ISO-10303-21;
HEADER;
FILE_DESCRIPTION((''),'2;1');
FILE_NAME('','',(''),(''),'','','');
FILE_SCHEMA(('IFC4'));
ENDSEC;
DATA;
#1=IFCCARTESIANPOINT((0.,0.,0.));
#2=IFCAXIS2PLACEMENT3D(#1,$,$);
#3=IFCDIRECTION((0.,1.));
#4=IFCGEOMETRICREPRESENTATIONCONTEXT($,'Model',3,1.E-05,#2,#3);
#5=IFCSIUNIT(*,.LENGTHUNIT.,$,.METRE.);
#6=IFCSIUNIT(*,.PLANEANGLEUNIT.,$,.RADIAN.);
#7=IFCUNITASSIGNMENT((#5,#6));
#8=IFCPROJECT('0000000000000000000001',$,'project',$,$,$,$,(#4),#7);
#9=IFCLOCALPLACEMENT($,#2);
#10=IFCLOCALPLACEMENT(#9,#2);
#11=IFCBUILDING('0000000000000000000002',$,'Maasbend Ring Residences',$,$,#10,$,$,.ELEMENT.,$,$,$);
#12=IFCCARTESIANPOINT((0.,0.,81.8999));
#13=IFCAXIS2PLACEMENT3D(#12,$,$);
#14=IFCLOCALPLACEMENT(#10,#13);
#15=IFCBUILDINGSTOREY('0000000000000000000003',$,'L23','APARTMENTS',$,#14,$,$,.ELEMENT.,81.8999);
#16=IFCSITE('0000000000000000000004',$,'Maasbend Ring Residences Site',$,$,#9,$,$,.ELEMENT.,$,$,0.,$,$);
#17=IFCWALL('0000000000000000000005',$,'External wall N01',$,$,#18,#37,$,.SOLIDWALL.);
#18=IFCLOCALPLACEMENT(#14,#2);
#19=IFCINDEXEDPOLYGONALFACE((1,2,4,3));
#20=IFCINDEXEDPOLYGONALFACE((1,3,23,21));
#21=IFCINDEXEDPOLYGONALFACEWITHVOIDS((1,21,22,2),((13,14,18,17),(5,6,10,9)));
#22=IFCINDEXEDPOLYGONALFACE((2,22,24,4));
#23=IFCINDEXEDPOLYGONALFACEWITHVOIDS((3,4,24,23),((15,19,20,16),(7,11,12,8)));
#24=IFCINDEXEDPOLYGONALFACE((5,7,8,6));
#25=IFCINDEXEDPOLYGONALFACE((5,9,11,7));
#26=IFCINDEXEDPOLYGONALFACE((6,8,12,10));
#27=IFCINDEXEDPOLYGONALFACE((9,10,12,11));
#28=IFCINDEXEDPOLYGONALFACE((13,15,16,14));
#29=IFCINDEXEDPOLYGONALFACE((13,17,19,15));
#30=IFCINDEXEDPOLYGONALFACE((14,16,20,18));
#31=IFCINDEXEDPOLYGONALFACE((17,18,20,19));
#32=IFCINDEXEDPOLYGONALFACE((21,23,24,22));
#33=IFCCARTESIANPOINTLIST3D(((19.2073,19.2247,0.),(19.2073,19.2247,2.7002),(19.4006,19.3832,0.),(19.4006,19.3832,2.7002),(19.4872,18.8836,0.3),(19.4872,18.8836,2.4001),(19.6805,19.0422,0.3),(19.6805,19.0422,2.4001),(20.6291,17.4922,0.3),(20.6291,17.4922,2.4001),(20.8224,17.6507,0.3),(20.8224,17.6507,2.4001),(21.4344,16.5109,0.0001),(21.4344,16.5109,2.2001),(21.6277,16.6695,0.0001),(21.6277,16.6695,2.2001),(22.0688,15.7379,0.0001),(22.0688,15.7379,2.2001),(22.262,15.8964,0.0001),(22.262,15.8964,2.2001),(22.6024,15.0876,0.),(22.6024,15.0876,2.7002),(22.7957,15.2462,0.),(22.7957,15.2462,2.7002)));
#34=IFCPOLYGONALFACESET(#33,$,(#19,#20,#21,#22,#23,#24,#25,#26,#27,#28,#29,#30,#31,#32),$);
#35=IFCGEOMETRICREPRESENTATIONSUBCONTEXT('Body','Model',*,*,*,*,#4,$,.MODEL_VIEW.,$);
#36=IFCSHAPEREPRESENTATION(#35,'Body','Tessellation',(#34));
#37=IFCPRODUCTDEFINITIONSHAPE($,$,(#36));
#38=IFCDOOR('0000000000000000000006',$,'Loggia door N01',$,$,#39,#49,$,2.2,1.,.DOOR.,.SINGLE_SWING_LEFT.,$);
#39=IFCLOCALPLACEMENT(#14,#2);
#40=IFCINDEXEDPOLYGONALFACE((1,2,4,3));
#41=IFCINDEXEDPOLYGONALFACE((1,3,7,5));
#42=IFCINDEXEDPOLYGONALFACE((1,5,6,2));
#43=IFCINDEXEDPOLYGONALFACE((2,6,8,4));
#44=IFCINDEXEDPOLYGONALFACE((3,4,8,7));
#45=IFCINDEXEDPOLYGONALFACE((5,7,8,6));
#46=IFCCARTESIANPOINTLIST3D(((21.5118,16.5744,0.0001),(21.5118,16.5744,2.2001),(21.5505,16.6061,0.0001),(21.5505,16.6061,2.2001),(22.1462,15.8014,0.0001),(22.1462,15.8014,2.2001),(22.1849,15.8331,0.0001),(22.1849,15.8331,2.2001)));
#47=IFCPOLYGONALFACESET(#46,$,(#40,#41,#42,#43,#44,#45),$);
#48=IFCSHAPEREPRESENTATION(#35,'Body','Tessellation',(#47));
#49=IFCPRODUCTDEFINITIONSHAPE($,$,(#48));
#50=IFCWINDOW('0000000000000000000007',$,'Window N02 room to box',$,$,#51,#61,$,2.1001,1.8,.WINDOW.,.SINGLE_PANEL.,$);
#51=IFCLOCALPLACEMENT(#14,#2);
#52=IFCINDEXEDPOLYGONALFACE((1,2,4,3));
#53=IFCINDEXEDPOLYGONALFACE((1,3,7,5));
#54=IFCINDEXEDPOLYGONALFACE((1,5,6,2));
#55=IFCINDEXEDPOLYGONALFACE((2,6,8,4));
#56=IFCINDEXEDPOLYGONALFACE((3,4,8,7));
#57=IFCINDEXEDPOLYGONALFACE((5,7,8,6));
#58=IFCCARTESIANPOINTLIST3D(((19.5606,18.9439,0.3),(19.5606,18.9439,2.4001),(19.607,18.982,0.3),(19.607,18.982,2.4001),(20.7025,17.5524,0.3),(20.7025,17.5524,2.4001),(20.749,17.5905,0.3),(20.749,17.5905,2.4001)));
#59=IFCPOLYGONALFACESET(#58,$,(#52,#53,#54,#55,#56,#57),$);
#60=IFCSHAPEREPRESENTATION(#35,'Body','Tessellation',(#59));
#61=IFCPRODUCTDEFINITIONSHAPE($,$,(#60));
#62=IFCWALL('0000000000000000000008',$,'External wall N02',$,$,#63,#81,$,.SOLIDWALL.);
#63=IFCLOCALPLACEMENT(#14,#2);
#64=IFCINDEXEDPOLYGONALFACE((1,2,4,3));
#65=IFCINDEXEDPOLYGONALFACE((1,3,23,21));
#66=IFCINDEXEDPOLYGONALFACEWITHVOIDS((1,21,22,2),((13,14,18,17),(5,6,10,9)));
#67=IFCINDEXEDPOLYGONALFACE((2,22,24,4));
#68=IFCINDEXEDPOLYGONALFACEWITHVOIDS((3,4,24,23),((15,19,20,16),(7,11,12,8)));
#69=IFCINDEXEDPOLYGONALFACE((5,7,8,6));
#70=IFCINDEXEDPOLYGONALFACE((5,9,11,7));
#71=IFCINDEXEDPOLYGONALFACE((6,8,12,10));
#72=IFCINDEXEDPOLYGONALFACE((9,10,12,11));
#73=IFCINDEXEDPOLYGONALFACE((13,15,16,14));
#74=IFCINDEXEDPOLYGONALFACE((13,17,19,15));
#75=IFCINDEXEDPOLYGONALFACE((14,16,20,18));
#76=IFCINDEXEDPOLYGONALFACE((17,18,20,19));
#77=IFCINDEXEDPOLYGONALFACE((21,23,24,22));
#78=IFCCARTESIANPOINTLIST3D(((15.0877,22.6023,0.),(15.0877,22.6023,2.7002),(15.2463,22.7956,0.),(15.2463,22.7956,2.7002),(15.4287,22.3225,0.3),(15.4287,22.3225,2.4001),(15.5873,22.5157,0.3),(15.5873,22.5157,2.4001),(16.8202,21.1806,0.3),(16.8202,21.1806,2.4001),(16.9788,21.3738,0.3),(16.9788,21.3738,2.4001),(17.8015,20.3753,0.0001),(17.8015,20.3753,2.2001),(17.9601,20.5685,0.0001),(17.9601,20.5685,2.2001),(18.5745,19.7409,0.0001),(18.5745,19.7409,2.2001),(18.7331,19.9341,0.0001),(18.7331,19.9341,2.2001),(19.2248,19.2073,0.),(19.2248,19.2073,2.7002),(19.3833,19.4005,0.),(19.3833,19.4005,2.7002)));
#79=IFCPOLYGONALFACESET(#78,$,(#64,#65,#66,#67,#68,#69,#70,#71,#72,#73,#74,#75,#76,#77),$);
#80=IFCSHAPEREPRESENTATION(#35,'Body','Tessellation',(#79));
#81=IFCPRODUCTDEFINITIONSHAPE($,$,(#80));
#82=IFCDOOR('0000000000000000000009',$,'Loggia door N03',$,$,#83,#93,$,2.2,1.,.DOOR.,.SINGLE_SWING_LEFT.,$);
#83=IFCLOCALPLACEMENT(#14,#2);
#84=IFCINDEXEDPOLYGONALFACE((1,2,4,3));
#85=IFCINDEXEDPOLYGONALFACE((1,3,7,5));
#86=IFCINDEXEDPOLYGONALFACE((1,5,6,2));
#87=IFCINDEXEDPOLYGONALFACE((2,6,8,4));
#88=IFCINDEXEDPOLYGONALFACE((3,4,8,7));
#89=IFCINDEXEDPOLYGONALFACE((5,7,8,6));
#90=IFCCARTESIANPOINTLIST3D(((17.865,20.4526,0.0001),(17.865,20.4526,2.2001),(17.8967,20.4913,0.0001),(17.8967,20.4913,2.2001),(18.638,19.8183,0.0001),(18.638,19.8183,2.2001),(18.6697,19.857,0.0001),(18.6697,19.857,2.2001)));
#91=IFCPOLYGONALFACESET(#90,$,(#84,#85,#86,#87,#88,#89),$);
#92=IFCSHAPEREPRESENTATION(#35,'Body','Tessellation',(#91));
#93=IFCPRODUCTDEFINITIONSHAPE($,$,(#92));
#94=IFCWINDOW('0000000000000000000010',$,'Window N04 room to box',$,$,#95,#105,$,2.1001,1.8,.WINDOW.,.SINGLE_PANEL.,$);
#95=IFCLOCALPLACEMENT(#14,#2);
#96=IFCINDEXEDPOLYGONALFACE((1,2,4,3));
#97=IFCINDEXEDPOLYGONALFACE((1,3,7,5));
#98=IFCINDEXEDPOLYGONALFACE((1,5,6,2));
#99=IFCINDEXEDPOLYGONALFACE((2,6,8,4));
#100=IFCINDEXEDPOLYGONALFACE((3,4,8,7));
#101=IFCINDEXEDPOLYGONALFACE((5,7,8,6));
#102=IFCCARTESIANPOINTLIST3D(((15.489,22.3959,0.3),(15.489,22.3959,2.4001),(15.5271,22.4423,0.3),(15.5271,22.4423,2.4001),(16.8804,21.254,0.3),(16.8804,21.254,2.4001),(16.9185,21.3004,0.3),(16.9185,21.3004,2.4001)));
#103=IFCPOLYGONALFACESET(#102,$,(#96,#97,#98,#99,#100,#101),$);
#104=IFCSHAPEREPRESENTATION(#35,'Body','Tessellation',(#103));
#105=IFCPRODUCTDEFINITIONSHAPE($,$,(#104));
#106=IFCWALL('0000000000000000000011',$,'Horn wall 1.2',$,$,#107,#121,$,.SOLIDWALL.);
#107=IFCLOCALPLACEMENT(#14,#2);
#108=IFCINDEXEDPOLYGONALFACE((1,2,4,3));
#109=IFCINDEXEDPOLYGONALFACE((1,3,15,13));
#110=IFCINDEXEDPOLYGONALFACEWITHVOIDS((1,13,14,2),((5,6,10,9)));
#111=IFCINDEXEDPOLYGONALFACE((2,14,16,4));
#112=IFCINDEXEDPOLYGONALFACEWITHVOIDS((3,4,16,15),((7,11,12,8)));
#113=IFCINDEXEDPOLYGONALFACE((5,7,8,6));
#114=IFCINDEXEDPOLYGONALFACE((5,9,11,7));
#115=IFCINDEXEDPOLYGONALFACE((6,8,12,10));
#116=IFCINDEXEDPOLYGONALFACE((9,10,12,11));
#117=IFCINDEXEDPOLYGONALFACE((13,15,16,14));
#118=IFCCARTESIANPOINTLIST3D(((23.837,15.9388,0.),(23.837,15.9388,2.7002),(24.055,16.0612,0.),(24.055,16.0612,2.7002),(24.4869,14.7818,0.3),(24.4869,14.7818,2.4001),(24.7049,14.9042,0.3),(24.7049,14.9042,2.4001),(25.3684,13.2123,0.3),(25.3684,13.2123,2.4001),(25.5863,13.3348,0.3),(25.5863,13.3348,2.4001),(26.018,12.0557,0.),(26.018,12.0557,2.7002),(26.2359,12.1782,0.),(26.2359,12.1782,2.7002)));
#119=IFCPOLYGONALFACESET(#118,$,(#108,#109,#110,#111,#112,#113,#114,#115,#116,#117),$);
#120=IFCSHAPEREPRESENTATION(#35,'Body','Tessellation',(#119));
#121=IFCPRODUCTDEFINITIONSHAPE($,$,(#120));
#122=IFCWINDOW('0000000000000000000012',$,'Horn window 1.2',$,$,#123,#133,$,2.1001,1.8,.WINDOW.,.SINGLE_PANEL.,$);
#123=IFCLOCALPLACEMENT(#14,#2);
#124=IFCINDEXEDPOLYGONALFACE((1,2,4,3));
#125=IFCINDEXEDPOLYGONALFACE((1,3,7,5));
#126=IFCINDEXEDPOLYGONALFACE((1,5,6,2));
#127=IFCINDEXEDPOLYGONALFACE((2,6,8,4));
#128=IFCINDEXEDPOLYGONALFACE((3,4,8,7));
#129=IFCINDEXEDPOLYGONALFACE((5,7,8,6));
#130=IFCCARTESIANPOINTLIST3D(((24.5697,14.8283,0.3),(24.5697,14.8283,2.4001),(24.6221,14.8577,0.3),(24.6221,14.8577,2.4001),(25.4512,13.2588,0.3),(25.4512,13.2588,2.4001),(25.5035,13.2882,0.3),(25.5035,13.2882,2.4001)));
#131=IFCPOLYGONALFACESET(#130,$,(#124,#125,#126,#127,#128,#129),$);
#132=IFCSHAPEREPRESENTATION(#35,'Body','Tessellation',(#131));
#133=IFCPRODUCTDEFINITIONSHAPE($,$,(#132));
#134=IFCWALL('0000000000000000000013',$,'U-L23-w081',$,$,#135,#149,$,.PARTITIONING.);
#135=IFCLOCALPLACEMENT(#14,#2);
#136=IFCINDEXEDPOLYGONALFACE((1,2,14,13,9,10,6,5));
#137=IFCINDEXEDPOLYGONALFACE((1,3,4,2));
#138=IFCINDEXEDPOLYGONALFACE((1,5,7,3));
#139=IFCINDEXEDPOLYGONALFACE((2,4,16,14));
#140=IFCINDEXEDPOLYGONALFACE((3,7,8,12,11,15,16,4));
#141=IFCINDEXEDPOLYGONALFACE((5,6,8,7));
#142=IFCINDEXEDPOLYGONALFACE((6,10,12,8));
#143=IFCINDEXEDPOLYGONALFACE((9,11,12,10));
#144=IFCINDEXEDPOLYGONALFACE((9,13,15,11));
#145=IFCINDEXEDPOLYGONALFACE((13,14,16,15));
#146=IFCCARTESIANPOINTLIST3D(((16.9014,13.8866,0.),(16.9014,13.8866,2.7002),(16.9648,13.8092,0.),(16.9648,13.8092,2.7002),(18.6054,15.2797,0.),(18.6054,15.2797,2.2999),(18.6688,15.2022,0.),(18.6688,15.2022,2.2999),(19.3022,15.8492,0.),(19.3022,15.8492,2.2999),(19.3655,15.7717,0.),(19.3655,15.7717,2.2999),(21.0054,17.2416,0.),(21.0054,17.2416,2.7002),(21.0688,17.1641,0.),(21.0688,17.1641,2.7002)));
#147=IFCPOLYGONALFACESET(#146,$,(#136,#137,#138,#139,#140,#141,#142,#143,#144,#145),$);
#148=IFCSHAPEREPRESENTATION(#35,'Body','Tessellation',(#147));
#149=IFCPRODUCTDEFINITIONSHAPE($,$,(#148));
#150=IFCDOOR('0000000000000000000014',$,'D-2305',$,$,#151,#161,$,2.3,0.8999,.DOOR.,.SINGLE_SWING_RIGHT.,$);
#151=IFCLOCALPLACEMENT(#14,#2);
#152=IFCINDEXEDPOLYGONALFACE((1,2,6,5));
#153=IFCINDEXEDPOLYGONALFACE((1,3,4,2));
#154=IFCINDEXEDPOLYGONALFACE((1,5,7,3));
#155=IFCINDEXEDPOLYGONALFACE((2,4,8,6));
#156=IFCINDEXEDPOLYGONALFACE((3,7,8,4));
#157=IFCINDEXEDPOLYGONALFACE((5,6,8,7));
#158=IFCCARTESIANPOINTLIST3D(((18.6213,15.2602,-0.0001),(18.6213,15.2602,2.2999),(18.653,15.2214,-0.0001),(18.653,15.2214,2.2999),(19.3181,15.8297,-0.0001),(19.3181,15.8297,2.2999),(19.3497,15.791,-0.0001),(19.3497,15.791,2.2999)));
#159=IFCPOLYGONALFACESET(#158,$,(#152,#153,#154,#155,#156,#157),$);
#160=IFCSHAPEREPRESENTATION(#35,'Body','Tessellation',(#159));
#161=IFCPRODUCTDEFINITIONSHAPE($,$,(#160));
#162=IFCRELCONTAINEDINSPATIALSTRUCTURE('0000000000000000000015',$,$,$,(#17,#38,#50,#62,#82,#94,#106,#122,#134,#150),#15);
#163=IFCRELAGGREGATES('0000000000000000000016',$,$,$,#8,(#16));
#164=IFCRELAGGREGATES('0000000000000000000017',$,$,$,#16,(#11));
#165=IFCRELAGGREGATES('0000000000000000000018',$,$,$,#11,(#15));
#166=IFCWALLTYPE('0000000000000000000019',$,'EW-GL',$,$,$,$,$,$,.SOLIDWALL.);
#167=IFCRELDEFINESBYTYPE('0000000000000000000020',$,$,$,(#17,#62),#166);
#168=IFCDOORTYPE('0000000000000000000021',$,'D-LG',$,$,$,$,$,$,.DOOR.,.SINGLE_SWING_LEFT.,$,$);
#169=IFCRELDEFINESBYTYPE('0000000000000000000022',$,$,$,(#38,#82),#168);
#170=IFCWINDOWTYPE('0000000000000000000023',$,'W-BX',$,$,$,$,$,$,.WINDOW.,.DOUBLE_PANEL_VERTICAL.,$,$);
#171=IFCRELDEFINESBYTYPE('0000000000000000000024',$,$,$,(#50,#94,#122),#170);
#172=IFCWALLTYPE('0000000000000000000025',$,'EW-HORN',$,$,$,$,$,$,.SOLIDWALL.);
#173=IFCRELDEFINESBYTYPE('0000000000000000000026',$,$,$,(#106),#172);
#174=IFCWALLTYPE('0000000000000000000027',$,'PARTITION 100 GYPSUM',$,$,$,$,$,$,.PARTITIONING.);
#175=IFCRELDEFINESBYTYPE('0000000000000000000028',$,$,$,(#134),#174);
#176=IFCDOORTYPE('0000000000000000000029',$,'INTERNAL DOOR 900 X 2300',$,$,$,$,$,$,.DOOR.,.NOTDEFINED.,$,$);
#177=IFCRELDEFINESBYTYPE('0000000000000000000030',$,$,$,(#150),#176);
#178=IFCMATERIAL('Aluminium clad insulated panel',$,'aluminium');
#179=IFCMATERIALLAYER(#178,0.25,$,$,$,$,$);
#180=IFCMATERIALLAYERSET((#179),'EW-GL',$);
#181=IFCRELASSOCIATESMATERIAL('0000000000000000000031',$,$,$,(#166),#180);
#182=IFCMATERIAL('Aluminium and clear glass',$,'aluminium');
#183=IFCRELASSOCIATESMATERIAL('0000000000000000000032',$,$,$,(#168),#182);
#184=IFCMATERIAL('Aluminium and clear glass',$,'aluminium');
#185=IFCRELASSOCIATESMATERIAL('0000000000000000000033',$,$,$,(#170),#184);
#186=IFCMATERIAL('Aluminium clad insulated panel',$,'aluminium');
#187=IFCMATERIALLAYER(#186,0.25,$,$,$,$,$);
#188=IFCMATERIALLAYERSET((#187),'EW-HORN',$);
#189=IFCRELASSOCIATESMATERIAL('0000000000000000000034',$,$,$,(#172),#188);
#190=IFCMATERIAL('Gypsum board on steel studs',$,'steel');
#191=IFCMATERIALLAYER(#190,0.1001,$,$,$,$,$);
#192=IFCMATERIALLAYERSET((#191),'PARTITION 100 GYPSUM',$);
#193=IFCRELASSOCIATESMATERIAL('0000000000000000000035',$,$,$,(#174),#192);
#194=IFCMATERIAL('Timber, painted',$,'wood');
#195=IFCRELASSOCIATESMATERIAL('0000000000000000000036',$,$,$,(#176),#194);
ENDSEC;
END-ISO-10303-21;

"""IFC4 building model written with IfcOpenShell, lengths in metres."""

from ifc_helpers import new_model, si_unit, direction, frame, frame_2d, origin, place, context, subcontext, project, spatial, rectangle, extrude, material, layer, layer_set, type_object, element, fill, save


model = new_model("IFC4")

# Units and contexts
model_context = context("Model", 3, precision=1e-05, world=origin(), true_north=direction((0.0, 1.0)))
body_context = subcontext(model_context, "Body", "Model", "MODEL_VIEW")
ifc_project = project(units=[si_unit("LENGTHUNIT", "METRE"), si_unit("PLANEANGLEUNIT", "RADIAN")], contexts=[model_context])

# Site, building, storey
site_placement = place(None, origin())
site = spatial("IfcSite", under=ifc_project, at=site_placement, Name="Maasbend Ring Residences Site", CompositionType="ELEMENT", RefElevation=0.0)
building_placement = place(site_placement, origin())
building = spatial("IfcBuilding", under=site, at=building_placement, Name="Maasbend Ring Residences", CompositionType="ELEMENT")
storey_placement = place(building_placement, frame((0.0, 0.0, 81.8999)))
storey = spatial("IfcBuildingStorey", under=building, at=storey_placement, Name="L23", Description="APARTMENTS", CompositionType="ELEMENT", Elevation=81.8999)

# Walls, openings, doors, windows
ifc_material_1 = material(Name="Aluminium clad insulated panel", Category="aluminium")
ifc_layer_1 = layer(ifc_material_1, 0.25)
ifc_layer_set_1 = layer_set([ifc_layer_1], Name="EW-GL")
wall_type_1 = type_object("IfcWallType", Name="EW-GL", PredefinedType="SOLIDWALL", material=ifc_layer_set_1)
wall_1_placement = place(storey_placement, frame((22.699, 15.167, 0.0), z_axis=(0.0, 0.0, 1.0), x_axis=(-0.634382, 0.773019, 0.0)))
wall_1 = element("IfcWall", 1, at=wall_1_placement, inside=storey, type_object=wall_type_1, Name="External wall N01", PredefinedType="SOLIDWALL", context=body_context, shape_type="SweptSolid", body=[
    extrude(rectangle(XDim=5.3518, YDim=0.25, at=frame_2d((2.6758, 0.0))), origin(), (0.0, 0.0, 1.0), 2.7002),
])
opening_1_placement = place(wall_1_placement, frame((0.8411, 0.0, 0.0)))
opening_1 = element("IfcOpeningElement", 2, at=opening_1_placement, cuts=wall_1, PredefinedType="OPENING", context=body_context, shape_type="SweptSolid", body=[
    extrude(rectangle(XDim=1.0, YDim=2.2, at=frame_2d((0.5, 1.1001))), frame((0.0, 0.135, 0.0), z_axis=(0.0, -1.0, 0.0), x_axis=(1.0, 0.0, 0.0)), (0.0, 0.0, 1.0), 0.27),
])
opening_2_placement = place(wall_1_placement, frame((3.1106, 0.0, 0.3)))
opening_2 = element("IfcOpeningElement", 3, at=opening_2_placement, cuts=wall_1, PredefinedType="OPENING", context=body_context, shape_type="SweptSolid", body=[
    extrude(rectangle(XDim=1.8, YDim=2.1001, at=frame_2d((0.8999, 1.05))), frame((0.0, 0.135, 0.0), z_axis=(0.0, -1.0, 0.0), x_axis=(1.0, 0.0, 0.0)), (0.0, 0.0, 1.0), 0.27),
])
ifc_material_2 = material(Name="Aluminium and clear glass", Category="aluminium")
door_type_1 = type_object("IfcDoorType", Name="D-LG", OperationType="SINGLE_SWING_LEFT", PredefinedType="DOOR", material=ifc_material_2)
door_1_placement = place(opening_1_placement, origin())
door_1 = element("IfcDoor", 4, at=door_1_placement, inside=storey, type_object=door_type_1, Name="Loggia door N01", OperationType="SINGLE_SWING_LEFT", OverallHeight=2.2, OverallWidth=1.0, PredefinedType="DOOR", context=body_context, shape_type="SweptSolid", body=[
    extrude(rectangle(XDim=1.0, YDim=2.2, at=frame_2d((0.5, 1.1001))), frame((0.0, 0.0249, 0.0), z_axis=(0.0, -1.0, 0.0), x_axis=(1.0, 0.0, 0.0)), (0.0, 0.0, 1.0), 0.05),
])
fill(opening_1, door_1)
ifc_material_3 = material(Name="Aluminium and clear glass", Category="aluminium")
window_type_1 = type_object("IfcWindowType", Name="W-BX", PartitioningType="DOUBLE_PANEL_VERTICAL", PredefinedType="WINDOW", material=ifc_material_3)
window_1_placement = place(opening_2_placement, origin())
window_1 = element("IfcWindow", 5, at=window_1_placement, inside=storey, type_object=window_type_1, Name="Window N02 room to box", OverallHeight=2.1001, OverallWidth=1.8, PartitioningType="SINGLE_PANEL", PredefinedType="WINDOW", context=body_context, shape_type="SweptSolid", body=[
    extrude(rectangle(XDim=1.8, YDim=2.1001, at=frame_2d((0.8999, 1.05))), frame((0.0, 0.03, 0.0), z_axis=(0.0, -1.0, 0.0), x_axis=(1.0, 0.0, 0.0)), (0.0, 0.0, 1.0), 0.0601),
])
fill(opening_2, window_1)
wall_2_placement = place(storey_placement, frame((19.304, 19.304, 0.0), z_axis=(0.0, 0.0, 1.0), x_axis=(-0.773019, 0.634382, 0.0)))
wall_2 = element("IfcWall", 6, at=wall_2_placement, inside=storey, type_object=wall_type_1, Name="External wall N02", PredefinedType="SOLIDWALL", context=body_context, shape_type="SweptSolid", body=[
    extrude(rectangle(XDim=5.3518, YDim=0.25, at=frame_2d((2.6758, 0.0))), origin(), (0.0, 0.0, 1.0), 2.7002),
])
opening_3_placement = place(wall_2_placement, frame((0.8411, 0.0, 0.0)))
opening_3 = element("IfcOpeningElement", 7, at=opening_3_placement, cuts=wall_2, PredefinedType="OPENING", context=body_context, shape_type="SweptSolid", body=[
    extrude(rectangle(XDim=1.0, YDim=2.2, at=frame_2d((0.5, 1.1001))), frame((0.0, 0.135, 0.0), z_axis=(0.0, -1.0, 0.0), x_axis=(1.0, 0.0, 0.0)), (0.0, 0.0, 1.0), 0.27),
])
opening_4_placement = place(wall_2_placement, frame((3.1106, 0.0, 0.3)))
opening_4 = element("IfcOpeningElement", 8, at=opening_4_placement, cuts=wall_2, PredefinedType="OPENING", context=body_context, shape_type="SweptSolid", body=[
    extrude(rectangle(XDim=1.8, YDim=2.1001, at=frame_2d((0.8999, 1.05))), frame((0.0, 0.135, 0.0), z_axis=(0.0, -1.0, 0.0), x_axis=(1.0, 0.0, 0.0)), (0.0, 0.0, 1.0), 0.27),
])
door_2_placement = place(opening_3_placement, origin())
door_2 = element("IfcDoor", 9, at=door_2_placement, inside=storey, type_object=door_type_1, Name="Loggia door N03", OperationType="SINGLE_SWING_LEFT", OverallHeight=2.2, OverallWidth=1.0, PredefinedType="DOOR", context=body_context, shape_type="SweptSolid", body=[
    extrude(rectangle(XDim=1.0, YDim=2.2, at=frame_2d((0.5, 1.1001))), frame((0.0, 0.0249, 0.0), z_axis=(0.0, -1.0, 0.0), x_axis=(1.0, 0.0, 0.0)), (0.0, 0.0, 1.0), 0.05),
])
fill(opening_3, door_2)
window_2_placement = place(opening_4_placement, origin())
window_2 = element("IfcWindow", 10, at=window_2_placement, inside=storey, type_object=window_type_1, Name="Window N04 room to box", OverallHeight=2.1001, OverallWidth=1.8, PartitioningType="SINGLE_PANEL", PredefinedType="WINDOW", context=body_context, shape_type="SweptSolid", body=[
    extrude(rectangle(XDim=1.8, YDim=2.1001, at=frame_2d((0.8999, 1.05))), frame((0.0, 0.03, 0.0), z_axis=(0.0, -1.0, 0.0), x_axis=(1.0, 0.0, 0.0)), (0.0, 0.0, 1.0), 0.0601),
])
fill(opening_4, window_2)

# Wall, opening, window
ifc_material_4 = material(Name="Aluminium clad insulated panel", Category="aluminium")
ifc_layer_2 = layer(ifc_material_4, 0.25)
ifc_layer_set_2 = layer_set([ifc_layer_2], Name="EW-HORN")
wall_type_2 = type_object("IfcWallType", Name="EW-HORN", PredefinedType="SOLIDWALL", material=ifc_layer_set_2)
wall_3_placement = place(storey_placement, frame((26.127, 12.1169, 0.0), z_axis=(0.0, 0.0, 1.0), x_axis=(-0.489696, 0.871893, 0.0)))
wall_3 = element("IfcWall", 11, at=wall_3_placement, inside=storey, type_object=wall_type_2, Name="Horn wall 1.2", PredefinedType="SOLIDWALL", context=body_context, shape_type="SweptSolid", body=[
    extrude(rectangle(XDim=4.4536, YDim=0.25, at=frame_2d((2.2268, 0.0))), origin(), (0.0, 0.0, 1.0), 2.7002),
])
opening_5_placement = place(wall_3_placement, frame((1.3267, 0.0, 0.3)))
opening_5 = element("IfcOpeningElement", 12, at=opening_5_placement, cuts=wall_3, PredefinedType="OPENING", context=body_context, shape_type="SweptSolid", body=[
    extrude(rectangle(XDim=1.8, YDim=2.1001, at=frame_2d((0.8999, 1.05))), frame((0.0, 0.135, 0.0), z_axis=(0.0, -1.0, 0.0), x_axis=(1.0, 0.0, 0.0)), (0.0, 0.0, 1.0), 0.27),
])
window_3_placement = place(opening_5_placement, origin())
window_3 = element("IfcWindow", 13, at=window_3_placement, inside=storey, type_object=window_type_1, Name="Horn window 1.2", OverallHeight=2.1001, OverallWidth=1.8, PartitioningType="SINGLE_PANEL", PredefinedType="WINDOW", context=body_context, shape_type="SweptSolid", body=[
    extrude(rectangle(XDim=1.8, YDim=2.1001, at=frame_2d((0.8999, 1.05))), frame((0.0, 0.03, 0.0), z_axis=(0.0, -1.0, 0.0), x_axis=(1.0, 0.0, 0.0)), (0.0, 0.0, 1.0), 0.0601),
])
fill(opening_5, window_3)

# Wall, opening, door
ifc_material_5 = material(Name="Gypsum board on steel studs", Category="steel")
ifc_layer_3 = layer(ifc_material_5, 0.1001)
ifc_layer_set_3 = layer_set([ifc_layer_3], Name="PARTITION 100 GYPSUM")
wall_type_3 = type_object("IfcWallType", Name="PARTITION 100 GYPSUM", PredefinedType="PARTITIONING", material=ifc_layer_set_3)
wall_4_placement = place(storey_placement, frame((16.9331, 13.8479, 0.0), z_axis=(0.0, 0.0, 1.0), x_axis=(0.77422, 0.632917, 0.0)))
wall_4 = element("IfcWall", 14, at=wall_4_placement, inside=storey, type_object=wall_type_3, Name="U-L23-w081", PredefinedType="PARTITIONING", context=body_context, shape_type="SweptSolid", body=[
    extrude(rectangle(XDim=5.3008, YDim=0.1001, at=frame_2d((2.6504, 0.0))), origin(), (0.0, 0.0, 1.0), 2.7002),
])
opening_6_placement = place(wall_4_placement, frame((2.2009, 0.0, 0.0)))
opening_6 = element("IfcOpeningElement", 15, at=opening_6_placement, cuts=wall_4, PredefinedType="OPENING", context=body_context, shape_type="SweptSolid", body=[
    extrude(rectangle(XDim=0.8999, YDim=2.3, at=frame_2d((0.45, 1.1499))), frame((0.0, 0.0601, 0.0), z_axis=(0.0, -1.0, 0.0), x_axis=(1.0, 0.0, 0.0)), (0.0, 0.0, 1.0), 0.1201),
])
ifc_material_6 = material(Name="Timber, painted", Category="wood")
door_type_2 = type_object("IfcDoorType", Name="INTERNAL DOOR 900 X 2300", OperationType="NOTDEFINED", PredefinedType="DOOR", material=ifc_material_6)
door_3_placement = place(opening_6_placement, origin())
door_3 = element("IfcDoor", 16, at=door_3_placement, inside=storey, type_object=door_type_2, Name="D-2305", OperationType="SINGLE_SWING_RIGHT", OverallHeight=2.3, OverallWidth=0.8999, PredefinedType="DOOR", context=body_context, shape_type="SweptSolid", body=[
    extrude(rectangle(XDim=0.8999, YDim=2.3, at=frame_2d((0.45, 1.1499))), frame((0.0, 0.0249, 0.0), z_axis=(0.0, -1.0, 0.0), x_axis=(1.0, 0.0, 0.0)), (0.0, 0.0, 1.0), 0.05),
])
fill(opening_6, door_3)

save(model, "model.ifc")
